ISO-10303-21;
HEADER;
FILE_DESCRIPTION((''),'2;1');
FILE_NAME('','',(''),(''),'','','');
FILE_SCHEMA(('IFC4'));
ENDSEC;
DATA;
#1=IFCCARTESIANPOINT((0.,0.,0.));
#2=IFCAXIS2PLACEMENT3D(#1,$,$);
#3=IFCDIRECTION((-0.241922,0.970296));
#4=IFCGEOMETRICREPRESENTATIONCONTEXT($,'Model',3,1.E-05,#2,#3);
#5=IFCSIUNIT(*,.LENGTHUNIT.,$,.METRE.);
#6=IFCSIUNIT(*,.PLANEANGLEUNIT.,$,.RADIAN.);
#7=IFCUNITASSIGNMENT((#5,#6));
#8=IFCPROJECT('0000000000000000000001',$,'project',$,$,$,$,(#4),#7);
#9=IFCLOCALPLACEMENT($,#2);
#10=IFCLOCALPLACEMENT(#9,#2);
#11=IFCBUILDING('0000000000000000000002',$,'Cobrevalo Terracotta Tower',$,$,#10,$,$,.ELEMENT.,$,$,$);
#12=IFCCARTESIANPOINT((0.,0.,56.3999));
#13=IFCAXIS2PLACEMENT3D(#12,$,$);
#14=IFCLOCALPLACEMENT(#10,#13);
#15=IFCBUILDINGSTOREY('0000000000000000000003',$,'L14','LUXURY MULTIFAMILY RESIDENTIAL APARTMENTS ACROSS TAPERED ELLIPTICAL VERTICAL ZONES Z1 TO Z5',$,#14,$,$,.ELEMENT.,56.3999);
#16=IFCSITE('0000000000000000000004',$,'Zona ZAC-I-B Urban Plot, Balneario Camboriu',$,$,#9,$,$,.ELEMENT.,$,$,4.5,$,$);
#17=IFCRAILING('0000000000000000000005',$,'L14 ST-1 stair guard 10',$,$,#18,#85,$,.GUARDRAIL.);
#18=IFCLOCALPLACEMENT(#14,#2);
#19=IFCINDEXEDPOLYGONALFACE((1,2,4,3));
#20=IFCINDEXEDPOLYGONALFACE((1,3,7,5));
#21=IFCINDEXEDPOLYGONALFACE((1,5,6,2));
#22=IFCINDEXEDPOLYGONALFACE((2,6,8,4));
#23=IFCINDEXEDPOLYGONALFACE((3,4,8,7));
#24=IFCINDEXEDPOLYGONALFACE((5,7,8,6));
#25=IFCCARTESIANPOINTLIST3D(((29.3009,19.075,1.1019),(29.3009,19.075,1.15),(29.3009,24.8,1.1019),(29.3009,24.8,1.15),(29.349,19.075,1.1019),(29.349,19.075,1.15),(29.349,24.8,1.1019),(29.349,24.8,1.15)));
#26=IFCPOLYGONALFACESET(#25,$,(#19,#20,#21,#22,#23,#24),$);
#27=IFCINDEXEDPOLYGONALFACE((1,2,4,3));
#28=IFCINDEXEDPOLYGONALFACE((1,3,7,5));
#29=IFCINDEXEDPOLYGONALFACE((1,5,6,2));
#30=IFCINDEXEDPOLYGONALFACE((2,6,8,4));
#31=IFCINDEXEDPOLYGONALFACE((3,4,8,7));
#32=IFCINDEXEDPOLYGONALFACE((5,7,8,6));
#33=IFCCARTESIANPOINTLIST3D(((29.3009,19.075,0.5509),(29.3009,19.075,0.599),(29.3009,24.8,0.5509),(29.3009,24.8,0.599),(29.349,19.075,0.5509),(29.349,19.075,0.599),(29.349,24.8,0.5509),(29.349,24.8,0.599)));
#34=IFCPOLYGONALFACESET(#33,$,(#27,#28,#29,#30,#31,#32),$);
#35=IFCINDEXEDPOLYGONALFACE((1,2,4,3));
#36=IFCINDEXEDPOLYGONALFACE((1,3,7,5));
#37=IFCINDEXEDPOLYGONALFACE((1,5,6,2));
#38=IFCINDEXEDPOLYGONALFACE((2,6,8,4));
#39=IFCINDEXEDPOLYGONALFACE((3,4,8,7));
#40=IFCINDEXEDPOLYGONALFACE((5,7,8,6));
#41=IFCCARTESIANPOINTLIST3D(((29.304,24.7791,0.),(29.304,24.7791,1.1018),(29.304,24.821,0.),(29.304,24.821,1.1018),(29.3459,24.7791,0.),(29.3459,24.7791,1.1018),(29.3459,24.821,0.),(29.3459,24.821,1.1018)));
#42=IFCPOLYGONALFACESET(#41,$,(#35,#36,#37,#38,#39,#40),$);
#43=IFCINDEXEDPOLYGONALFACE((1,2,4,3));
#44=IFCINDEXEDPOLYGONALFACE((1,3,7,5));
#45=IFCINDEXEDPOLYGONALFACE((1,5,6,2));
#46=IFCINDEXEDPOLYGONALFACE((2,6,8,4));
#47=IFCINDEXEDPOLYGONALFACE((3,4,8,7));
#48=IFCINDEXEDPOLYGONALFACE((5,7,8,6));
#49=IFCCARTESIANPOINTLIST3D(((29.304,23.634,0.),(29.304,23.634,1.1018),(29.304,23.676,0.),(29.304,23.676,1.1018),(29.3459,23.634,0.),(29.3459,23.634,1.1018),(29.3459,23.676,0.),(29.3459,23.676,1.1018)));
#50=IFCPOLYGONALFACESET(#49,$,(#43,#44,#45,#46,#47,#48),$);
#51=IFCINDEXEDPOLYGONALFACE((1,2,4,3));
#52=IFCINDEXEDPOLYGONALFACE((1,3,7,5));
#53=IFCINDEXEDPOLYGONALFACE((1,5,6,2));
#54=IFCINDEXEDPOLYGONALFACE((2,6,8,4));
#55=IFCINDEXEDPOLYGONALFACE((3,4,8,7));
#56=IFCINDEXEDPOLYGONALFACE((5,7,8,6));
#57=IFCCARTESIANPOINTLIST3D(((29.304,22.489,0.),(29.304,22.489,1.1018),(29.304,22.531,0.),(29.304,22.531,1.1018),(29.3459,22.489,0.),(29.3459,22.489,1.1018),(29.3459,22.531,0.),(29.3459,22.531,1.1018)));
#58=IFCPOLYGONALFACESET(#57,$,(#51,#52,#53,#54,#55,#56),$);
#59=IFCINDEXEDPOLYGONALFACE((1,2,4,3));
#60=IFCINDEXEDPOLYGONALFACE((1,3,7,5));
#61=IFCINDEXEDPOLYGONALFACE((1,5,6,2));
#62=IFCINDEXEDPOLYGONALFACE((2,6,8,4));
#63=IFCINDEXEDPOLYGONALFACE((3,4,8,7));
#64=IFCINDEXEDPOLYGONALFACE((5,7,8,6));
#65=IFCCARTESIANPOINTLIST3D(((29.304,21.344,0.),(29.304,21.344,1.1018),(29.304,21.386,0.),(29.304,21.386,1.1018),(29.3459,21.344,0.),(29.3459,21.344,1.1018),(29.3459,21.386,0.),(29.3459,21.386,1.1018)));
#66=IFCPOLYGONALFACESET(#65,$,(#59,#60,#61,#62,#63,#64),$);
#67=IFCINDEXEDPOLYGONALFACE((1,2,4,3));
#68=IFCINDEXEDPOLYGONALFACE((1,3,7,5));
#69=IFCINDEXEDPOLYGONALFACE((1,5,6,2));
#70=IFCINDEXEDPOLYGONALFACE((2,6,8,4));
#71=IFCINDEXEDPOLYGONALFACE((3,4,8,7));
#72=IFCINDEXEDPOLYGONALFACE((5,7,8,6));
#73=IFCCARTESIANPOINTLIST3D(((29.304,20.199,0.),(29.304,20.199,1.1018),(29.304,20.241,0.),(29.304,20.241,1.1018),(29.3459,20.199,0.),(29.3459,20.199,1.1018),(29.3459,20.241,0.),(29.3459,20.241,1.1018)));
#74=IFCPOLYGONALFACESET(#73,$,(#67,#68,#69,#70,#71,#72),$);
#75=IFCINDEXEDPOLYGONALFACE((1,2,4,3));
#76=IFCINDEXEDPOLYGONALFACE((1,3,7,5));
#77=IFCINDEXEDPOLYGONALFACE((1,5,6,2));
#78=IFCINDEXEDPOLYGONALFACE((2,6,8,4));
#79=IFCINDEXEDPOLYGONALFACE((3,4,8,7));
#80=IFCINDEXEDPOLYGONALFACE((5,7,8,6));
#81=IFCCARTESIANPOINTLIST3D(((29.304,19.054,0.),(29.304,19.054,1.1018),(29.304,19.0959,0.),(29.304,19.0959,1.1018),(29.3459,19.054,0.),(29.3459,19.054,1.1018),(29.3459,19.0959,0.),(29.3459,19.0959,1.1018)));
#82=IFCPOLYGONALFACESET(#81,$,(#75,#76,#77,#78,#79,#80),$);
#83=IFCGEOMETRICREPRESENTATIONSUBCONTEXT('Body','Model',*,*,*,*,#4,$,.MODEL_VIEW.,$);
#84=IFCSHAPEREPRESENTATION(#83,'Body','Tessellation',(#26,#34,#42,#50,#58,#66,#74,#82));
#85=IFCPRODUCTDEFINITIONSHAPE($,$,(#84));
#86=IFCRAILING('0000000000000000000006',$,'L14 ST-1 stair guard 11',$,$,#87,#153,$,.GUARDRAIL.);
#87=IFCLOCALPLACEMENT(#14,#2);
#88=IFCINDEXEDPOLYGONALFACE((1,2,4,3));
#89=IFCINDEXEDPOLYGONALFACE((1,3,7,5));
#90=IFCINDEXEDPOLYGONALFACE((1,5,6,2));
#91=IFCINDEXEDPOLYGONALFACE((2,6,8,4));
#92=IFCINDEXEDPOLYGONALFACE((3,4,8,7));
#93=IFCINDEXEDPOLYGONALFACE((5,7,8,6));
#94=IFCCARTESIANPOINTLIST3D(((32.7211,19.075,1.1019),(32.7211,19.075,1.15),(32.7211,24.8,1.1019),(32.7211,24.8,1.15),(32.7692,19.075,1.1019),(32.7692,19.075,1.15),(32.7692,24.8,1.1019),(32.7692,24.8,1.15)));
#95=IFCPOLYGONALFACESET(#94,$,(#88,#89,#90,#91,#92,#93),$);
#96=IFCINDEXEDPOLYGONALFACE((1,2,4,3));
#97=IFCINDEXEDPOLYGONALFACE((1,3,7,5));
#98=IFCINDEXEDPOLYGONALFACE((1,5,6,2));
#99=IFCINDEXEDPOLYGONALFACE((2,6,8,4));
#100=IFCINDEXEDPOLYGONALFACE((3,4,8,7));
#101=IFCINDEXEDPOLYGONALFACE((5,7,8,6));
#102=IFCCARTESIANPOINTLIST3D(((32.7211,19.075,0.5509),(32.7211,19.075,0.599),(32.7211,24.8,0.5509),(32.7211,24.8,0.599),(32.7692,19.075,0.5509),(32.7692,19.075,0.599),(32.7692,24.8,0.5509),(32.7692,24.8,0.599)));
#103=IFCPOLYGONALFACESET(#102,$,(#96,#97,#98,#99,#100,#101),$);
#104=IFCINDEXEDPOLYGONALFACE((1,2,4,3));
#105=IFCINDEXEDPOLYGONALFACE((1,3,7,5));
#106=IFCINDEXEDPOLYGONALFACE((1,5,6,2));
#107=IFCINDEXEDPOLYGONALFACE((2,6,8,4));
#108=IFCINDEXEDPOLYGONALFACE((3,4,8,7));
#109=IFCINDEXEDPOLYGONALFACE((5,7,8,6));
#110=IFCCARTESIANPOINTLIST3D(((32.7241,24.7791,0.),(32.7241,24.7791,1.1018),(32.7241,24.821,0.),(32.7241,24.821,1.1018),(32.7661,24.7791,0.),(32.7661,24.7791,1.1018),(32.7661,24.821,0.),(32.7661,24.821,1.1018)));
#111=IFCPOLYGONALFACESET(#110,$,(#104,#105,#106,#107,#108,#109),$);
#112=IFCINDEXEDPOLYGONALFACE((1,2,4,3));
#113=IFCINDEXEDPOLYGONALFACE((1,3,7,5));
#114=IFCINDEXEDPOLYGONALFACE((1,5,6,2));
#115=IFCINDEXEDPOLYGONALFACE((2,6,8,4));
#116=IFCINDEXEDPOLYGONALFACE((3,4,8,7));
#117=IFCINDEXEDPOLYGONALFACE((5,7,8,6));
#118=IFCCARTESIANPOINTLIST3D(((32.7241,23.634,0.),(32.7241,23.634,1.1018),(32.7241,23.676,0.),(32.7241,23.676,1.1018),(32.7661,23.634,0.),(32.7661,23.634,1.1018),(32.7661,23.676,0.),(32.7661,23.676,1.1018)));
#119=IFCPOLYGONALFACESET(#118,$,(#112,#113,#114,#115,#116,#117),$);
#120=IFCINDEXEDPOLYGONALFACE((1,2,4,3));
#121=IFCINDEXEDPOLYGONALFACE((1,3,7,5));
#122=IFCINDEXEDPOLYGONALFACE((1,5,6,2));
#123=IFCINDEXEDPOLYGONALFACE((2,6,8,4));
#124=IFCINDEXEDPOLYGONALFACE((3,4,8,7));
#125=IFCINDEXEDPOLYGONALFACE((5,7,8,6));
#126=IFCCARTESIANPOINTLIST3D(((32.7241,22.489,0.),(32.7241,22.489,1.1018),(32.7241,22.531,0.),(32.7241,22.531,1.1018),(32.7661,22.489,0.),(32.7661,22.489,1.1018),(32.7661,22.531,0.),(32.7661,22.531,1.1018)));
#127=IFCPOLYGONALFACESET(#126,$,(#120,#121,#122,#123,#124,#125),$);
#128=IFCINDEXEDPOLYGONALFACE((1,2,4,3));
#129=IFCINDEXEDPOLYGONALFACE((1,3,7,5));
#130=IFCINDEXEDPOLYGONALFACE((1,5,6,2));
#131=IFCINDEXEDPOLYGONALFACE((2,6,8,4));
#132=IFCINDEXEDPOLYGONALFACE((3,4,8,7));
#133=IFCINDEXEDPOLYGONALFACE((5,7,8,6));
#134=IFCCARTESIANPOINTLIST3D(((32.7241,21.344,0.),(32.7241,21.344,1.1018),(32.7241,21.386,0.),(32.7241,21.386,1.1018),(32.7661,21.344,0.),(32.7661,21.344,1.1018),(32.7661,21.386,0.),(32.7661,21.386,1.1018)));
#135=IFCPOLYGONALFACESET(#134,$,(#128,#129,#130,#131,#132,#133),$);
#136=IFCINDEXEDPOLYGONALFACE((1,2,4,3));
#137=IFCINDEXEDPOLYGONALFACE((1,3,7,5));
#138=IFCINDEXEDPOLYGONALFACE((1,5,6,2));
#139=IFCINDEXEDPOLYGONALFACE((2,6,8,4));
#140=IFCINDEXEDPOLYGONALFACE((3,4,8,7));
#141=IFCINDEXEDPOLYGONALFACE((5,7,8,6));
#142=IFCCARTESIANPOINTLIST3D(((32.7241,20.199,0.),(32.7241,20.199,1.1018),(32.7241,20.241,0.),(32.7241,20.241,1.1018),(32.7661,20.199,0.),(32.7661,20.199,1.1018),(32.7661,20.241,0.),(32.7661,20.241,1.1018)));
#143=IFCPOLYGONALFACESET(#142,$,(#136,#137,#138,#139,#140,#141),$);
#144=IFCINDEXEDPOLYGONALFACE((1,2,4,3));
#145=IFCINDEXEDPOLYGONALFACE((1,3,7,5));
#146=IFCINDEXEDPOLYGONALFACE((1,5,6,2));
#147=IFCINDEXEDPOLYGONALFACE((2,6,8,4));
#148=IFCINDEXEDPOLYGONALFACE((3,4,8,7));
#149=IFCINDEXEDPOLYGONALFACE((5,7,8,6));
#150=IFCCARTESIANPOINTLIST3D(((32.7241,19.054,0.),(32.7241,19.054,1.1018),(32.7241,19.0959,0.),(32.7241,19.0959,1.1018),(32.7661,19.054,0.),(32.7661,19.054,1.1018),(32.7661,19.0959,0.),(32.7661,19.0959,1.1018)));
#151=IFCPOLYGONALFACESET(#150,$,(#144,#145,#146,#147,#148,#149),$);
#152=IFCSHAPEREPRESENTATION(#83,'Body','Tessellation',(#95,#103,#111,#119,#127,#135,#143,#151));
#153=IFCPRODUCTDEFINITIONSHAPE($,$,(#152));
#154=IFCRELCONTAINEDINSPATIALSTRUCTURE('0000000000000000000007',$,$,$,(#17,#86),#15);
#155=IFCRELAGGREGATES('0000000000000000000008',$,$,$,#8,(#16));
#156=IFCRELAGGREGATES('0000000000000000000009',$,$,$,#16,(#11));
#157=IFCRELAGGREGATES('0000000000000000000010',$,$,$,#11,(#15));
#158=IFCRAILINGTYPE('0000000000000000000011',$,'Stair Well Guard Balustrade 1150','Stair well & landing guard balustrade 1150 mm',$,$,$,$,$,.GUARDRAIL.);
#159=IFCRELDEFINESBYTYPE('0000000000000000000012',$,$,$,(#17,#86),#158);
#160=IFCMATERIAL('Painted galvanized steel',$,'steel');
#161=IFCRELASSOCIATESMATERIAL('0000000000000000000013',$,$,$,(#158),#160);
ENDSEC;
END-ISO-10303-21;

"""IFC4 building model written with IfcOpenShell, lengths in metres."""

from ifc_helpers import new_model, si_unit, direction, frame, origin, origin_2d, place, context, subcontext, project, spatial, rectangle, extrude, material, type_object, element, save


model = new_model("IFC4")

# Units and contexts
model_context = context("Model", 3, precision=1e-05, world=origin(), true_north=direction((-0.241922, 0.970296)))
body_context = subcontext(model_context, "Body", "Model", "MODEL_VIEW")
ifc_project = project(units=[si_unit("LENGTHUNIT", "METRE"), si_unit("PLANEANGLEUNIT", "RADIAN")], contexts=[model_context])

# Site, building, storey
site_placement = place(None, origin())
site = spatial("IfcSite", under=ifc_project, at=site_placement, Name="Zona ZAC-I-B Urban Plot, Balneario Camboriu", CompositionType="ELEMENT", RefElevation=4.5)
building_placement = place(site_placement, origin())
building = spatial("IfcBuilding", under=site, at=building_placement, Name="Cobrevalo Terracotta Tower", CompositionType="ELEMENT")
storey_placement = place(building_placement, frame((0.0, 0.0, 56.3999)))
storey = spatial("IfcBuildingStorey", under=building, at=storey_placement, Name="L14", Description="LUXURY MULTIFAMILY RESIDENTIAL APARTMENTS ACROSS TAPERED ELLIPTICAL VERTICAL ZONES Z1 TO Z5", CompositionType="ELEMENT", Elevation=56.3999)

# Railings
ifc_material_1 = material(Name="Painted galvanized steel", Category="steel")
railing_type_1 = type_object("IfcRailingType", Name="Stair Well Guard Balustrade 1150", Description="Stair well & landing guard balustrade 1150 mm", PredefinedType="GUARDRAIL", material=ifc_material_1)
for number, where, name in (
    (1, (29.325, 24.8, 0.0), "L14 ST-1 stair guard 10"),
    (2, (32.7451, 24.8, 0.0), "L14 ST-1 stair guard 11"),
):
    element("IfcRailing", number, at=place(storey_placement, frame(where)), inside=storey, type_object=railing_type_1, Name=name, PredefinedType="GUARDRAIL", context=body_context, shape_type="SweptSolid", body=[
        extrude(rectangle(XDim=0.0481, YDim=0.0481, at=origin_2d()), frame((0.0, 0.0, 1.126), z_axis=(0.0, -1.0, 0.0), x_axis=(1.0, 0.0, 0.0)), (0.0, 0.0, 1.0), 5.7251),
        extrude(rectangle(XDim=0.0481, YDim=0.0481, at=origin_2d()), frame((0.0, 0.0, 0.575), z_axis=(0.0, -1.0, 0.0), x_axis=(1.0, 0.0, 0.0)), (0.0, 0.0, 1.0), 5.7251),
        extrude(rectangle(XDim=0.042, YDim=0.042, at=origin_2d()), origin(), (0.0, 0.0, 1.0), 1.1018),
        extrude(rectangle(XDim=0.042, YDim=0.042, at=origin_2d()), frame((0.0, -1.145, 0.0)), (0.0, 0.0, 1.0), 1.1018),
        extrude(rectangle(XDim=0.042, YDim=0.042, at=origin_2d()), frame((0.0, -2.29, 0.0)), (0.0, 0.0, 1.0), 1.1018),
        extrude(rectangle(XDim=0.042, YDim=0.042, at=origin_2d()), frame((0.0, -3.4351, 0.0)), (0.0, 0.0, 1.0), 1.1018),
        extrude(rectangle(XDim=0.042, YDim=0.042, at=origin_2d()), frame((0.0, -4.5801, 0.0)), (0.0, 0.0, 1.0), 1.1018),
        extrude(rectangle(XDim=0.042, YDim=0.042, at=origin_2d()), frame((0.0, -5.7251, 0.0)), (0.0, 0.0, 1.0), 1.1018),
    ])

save(model, "model.ifc")
